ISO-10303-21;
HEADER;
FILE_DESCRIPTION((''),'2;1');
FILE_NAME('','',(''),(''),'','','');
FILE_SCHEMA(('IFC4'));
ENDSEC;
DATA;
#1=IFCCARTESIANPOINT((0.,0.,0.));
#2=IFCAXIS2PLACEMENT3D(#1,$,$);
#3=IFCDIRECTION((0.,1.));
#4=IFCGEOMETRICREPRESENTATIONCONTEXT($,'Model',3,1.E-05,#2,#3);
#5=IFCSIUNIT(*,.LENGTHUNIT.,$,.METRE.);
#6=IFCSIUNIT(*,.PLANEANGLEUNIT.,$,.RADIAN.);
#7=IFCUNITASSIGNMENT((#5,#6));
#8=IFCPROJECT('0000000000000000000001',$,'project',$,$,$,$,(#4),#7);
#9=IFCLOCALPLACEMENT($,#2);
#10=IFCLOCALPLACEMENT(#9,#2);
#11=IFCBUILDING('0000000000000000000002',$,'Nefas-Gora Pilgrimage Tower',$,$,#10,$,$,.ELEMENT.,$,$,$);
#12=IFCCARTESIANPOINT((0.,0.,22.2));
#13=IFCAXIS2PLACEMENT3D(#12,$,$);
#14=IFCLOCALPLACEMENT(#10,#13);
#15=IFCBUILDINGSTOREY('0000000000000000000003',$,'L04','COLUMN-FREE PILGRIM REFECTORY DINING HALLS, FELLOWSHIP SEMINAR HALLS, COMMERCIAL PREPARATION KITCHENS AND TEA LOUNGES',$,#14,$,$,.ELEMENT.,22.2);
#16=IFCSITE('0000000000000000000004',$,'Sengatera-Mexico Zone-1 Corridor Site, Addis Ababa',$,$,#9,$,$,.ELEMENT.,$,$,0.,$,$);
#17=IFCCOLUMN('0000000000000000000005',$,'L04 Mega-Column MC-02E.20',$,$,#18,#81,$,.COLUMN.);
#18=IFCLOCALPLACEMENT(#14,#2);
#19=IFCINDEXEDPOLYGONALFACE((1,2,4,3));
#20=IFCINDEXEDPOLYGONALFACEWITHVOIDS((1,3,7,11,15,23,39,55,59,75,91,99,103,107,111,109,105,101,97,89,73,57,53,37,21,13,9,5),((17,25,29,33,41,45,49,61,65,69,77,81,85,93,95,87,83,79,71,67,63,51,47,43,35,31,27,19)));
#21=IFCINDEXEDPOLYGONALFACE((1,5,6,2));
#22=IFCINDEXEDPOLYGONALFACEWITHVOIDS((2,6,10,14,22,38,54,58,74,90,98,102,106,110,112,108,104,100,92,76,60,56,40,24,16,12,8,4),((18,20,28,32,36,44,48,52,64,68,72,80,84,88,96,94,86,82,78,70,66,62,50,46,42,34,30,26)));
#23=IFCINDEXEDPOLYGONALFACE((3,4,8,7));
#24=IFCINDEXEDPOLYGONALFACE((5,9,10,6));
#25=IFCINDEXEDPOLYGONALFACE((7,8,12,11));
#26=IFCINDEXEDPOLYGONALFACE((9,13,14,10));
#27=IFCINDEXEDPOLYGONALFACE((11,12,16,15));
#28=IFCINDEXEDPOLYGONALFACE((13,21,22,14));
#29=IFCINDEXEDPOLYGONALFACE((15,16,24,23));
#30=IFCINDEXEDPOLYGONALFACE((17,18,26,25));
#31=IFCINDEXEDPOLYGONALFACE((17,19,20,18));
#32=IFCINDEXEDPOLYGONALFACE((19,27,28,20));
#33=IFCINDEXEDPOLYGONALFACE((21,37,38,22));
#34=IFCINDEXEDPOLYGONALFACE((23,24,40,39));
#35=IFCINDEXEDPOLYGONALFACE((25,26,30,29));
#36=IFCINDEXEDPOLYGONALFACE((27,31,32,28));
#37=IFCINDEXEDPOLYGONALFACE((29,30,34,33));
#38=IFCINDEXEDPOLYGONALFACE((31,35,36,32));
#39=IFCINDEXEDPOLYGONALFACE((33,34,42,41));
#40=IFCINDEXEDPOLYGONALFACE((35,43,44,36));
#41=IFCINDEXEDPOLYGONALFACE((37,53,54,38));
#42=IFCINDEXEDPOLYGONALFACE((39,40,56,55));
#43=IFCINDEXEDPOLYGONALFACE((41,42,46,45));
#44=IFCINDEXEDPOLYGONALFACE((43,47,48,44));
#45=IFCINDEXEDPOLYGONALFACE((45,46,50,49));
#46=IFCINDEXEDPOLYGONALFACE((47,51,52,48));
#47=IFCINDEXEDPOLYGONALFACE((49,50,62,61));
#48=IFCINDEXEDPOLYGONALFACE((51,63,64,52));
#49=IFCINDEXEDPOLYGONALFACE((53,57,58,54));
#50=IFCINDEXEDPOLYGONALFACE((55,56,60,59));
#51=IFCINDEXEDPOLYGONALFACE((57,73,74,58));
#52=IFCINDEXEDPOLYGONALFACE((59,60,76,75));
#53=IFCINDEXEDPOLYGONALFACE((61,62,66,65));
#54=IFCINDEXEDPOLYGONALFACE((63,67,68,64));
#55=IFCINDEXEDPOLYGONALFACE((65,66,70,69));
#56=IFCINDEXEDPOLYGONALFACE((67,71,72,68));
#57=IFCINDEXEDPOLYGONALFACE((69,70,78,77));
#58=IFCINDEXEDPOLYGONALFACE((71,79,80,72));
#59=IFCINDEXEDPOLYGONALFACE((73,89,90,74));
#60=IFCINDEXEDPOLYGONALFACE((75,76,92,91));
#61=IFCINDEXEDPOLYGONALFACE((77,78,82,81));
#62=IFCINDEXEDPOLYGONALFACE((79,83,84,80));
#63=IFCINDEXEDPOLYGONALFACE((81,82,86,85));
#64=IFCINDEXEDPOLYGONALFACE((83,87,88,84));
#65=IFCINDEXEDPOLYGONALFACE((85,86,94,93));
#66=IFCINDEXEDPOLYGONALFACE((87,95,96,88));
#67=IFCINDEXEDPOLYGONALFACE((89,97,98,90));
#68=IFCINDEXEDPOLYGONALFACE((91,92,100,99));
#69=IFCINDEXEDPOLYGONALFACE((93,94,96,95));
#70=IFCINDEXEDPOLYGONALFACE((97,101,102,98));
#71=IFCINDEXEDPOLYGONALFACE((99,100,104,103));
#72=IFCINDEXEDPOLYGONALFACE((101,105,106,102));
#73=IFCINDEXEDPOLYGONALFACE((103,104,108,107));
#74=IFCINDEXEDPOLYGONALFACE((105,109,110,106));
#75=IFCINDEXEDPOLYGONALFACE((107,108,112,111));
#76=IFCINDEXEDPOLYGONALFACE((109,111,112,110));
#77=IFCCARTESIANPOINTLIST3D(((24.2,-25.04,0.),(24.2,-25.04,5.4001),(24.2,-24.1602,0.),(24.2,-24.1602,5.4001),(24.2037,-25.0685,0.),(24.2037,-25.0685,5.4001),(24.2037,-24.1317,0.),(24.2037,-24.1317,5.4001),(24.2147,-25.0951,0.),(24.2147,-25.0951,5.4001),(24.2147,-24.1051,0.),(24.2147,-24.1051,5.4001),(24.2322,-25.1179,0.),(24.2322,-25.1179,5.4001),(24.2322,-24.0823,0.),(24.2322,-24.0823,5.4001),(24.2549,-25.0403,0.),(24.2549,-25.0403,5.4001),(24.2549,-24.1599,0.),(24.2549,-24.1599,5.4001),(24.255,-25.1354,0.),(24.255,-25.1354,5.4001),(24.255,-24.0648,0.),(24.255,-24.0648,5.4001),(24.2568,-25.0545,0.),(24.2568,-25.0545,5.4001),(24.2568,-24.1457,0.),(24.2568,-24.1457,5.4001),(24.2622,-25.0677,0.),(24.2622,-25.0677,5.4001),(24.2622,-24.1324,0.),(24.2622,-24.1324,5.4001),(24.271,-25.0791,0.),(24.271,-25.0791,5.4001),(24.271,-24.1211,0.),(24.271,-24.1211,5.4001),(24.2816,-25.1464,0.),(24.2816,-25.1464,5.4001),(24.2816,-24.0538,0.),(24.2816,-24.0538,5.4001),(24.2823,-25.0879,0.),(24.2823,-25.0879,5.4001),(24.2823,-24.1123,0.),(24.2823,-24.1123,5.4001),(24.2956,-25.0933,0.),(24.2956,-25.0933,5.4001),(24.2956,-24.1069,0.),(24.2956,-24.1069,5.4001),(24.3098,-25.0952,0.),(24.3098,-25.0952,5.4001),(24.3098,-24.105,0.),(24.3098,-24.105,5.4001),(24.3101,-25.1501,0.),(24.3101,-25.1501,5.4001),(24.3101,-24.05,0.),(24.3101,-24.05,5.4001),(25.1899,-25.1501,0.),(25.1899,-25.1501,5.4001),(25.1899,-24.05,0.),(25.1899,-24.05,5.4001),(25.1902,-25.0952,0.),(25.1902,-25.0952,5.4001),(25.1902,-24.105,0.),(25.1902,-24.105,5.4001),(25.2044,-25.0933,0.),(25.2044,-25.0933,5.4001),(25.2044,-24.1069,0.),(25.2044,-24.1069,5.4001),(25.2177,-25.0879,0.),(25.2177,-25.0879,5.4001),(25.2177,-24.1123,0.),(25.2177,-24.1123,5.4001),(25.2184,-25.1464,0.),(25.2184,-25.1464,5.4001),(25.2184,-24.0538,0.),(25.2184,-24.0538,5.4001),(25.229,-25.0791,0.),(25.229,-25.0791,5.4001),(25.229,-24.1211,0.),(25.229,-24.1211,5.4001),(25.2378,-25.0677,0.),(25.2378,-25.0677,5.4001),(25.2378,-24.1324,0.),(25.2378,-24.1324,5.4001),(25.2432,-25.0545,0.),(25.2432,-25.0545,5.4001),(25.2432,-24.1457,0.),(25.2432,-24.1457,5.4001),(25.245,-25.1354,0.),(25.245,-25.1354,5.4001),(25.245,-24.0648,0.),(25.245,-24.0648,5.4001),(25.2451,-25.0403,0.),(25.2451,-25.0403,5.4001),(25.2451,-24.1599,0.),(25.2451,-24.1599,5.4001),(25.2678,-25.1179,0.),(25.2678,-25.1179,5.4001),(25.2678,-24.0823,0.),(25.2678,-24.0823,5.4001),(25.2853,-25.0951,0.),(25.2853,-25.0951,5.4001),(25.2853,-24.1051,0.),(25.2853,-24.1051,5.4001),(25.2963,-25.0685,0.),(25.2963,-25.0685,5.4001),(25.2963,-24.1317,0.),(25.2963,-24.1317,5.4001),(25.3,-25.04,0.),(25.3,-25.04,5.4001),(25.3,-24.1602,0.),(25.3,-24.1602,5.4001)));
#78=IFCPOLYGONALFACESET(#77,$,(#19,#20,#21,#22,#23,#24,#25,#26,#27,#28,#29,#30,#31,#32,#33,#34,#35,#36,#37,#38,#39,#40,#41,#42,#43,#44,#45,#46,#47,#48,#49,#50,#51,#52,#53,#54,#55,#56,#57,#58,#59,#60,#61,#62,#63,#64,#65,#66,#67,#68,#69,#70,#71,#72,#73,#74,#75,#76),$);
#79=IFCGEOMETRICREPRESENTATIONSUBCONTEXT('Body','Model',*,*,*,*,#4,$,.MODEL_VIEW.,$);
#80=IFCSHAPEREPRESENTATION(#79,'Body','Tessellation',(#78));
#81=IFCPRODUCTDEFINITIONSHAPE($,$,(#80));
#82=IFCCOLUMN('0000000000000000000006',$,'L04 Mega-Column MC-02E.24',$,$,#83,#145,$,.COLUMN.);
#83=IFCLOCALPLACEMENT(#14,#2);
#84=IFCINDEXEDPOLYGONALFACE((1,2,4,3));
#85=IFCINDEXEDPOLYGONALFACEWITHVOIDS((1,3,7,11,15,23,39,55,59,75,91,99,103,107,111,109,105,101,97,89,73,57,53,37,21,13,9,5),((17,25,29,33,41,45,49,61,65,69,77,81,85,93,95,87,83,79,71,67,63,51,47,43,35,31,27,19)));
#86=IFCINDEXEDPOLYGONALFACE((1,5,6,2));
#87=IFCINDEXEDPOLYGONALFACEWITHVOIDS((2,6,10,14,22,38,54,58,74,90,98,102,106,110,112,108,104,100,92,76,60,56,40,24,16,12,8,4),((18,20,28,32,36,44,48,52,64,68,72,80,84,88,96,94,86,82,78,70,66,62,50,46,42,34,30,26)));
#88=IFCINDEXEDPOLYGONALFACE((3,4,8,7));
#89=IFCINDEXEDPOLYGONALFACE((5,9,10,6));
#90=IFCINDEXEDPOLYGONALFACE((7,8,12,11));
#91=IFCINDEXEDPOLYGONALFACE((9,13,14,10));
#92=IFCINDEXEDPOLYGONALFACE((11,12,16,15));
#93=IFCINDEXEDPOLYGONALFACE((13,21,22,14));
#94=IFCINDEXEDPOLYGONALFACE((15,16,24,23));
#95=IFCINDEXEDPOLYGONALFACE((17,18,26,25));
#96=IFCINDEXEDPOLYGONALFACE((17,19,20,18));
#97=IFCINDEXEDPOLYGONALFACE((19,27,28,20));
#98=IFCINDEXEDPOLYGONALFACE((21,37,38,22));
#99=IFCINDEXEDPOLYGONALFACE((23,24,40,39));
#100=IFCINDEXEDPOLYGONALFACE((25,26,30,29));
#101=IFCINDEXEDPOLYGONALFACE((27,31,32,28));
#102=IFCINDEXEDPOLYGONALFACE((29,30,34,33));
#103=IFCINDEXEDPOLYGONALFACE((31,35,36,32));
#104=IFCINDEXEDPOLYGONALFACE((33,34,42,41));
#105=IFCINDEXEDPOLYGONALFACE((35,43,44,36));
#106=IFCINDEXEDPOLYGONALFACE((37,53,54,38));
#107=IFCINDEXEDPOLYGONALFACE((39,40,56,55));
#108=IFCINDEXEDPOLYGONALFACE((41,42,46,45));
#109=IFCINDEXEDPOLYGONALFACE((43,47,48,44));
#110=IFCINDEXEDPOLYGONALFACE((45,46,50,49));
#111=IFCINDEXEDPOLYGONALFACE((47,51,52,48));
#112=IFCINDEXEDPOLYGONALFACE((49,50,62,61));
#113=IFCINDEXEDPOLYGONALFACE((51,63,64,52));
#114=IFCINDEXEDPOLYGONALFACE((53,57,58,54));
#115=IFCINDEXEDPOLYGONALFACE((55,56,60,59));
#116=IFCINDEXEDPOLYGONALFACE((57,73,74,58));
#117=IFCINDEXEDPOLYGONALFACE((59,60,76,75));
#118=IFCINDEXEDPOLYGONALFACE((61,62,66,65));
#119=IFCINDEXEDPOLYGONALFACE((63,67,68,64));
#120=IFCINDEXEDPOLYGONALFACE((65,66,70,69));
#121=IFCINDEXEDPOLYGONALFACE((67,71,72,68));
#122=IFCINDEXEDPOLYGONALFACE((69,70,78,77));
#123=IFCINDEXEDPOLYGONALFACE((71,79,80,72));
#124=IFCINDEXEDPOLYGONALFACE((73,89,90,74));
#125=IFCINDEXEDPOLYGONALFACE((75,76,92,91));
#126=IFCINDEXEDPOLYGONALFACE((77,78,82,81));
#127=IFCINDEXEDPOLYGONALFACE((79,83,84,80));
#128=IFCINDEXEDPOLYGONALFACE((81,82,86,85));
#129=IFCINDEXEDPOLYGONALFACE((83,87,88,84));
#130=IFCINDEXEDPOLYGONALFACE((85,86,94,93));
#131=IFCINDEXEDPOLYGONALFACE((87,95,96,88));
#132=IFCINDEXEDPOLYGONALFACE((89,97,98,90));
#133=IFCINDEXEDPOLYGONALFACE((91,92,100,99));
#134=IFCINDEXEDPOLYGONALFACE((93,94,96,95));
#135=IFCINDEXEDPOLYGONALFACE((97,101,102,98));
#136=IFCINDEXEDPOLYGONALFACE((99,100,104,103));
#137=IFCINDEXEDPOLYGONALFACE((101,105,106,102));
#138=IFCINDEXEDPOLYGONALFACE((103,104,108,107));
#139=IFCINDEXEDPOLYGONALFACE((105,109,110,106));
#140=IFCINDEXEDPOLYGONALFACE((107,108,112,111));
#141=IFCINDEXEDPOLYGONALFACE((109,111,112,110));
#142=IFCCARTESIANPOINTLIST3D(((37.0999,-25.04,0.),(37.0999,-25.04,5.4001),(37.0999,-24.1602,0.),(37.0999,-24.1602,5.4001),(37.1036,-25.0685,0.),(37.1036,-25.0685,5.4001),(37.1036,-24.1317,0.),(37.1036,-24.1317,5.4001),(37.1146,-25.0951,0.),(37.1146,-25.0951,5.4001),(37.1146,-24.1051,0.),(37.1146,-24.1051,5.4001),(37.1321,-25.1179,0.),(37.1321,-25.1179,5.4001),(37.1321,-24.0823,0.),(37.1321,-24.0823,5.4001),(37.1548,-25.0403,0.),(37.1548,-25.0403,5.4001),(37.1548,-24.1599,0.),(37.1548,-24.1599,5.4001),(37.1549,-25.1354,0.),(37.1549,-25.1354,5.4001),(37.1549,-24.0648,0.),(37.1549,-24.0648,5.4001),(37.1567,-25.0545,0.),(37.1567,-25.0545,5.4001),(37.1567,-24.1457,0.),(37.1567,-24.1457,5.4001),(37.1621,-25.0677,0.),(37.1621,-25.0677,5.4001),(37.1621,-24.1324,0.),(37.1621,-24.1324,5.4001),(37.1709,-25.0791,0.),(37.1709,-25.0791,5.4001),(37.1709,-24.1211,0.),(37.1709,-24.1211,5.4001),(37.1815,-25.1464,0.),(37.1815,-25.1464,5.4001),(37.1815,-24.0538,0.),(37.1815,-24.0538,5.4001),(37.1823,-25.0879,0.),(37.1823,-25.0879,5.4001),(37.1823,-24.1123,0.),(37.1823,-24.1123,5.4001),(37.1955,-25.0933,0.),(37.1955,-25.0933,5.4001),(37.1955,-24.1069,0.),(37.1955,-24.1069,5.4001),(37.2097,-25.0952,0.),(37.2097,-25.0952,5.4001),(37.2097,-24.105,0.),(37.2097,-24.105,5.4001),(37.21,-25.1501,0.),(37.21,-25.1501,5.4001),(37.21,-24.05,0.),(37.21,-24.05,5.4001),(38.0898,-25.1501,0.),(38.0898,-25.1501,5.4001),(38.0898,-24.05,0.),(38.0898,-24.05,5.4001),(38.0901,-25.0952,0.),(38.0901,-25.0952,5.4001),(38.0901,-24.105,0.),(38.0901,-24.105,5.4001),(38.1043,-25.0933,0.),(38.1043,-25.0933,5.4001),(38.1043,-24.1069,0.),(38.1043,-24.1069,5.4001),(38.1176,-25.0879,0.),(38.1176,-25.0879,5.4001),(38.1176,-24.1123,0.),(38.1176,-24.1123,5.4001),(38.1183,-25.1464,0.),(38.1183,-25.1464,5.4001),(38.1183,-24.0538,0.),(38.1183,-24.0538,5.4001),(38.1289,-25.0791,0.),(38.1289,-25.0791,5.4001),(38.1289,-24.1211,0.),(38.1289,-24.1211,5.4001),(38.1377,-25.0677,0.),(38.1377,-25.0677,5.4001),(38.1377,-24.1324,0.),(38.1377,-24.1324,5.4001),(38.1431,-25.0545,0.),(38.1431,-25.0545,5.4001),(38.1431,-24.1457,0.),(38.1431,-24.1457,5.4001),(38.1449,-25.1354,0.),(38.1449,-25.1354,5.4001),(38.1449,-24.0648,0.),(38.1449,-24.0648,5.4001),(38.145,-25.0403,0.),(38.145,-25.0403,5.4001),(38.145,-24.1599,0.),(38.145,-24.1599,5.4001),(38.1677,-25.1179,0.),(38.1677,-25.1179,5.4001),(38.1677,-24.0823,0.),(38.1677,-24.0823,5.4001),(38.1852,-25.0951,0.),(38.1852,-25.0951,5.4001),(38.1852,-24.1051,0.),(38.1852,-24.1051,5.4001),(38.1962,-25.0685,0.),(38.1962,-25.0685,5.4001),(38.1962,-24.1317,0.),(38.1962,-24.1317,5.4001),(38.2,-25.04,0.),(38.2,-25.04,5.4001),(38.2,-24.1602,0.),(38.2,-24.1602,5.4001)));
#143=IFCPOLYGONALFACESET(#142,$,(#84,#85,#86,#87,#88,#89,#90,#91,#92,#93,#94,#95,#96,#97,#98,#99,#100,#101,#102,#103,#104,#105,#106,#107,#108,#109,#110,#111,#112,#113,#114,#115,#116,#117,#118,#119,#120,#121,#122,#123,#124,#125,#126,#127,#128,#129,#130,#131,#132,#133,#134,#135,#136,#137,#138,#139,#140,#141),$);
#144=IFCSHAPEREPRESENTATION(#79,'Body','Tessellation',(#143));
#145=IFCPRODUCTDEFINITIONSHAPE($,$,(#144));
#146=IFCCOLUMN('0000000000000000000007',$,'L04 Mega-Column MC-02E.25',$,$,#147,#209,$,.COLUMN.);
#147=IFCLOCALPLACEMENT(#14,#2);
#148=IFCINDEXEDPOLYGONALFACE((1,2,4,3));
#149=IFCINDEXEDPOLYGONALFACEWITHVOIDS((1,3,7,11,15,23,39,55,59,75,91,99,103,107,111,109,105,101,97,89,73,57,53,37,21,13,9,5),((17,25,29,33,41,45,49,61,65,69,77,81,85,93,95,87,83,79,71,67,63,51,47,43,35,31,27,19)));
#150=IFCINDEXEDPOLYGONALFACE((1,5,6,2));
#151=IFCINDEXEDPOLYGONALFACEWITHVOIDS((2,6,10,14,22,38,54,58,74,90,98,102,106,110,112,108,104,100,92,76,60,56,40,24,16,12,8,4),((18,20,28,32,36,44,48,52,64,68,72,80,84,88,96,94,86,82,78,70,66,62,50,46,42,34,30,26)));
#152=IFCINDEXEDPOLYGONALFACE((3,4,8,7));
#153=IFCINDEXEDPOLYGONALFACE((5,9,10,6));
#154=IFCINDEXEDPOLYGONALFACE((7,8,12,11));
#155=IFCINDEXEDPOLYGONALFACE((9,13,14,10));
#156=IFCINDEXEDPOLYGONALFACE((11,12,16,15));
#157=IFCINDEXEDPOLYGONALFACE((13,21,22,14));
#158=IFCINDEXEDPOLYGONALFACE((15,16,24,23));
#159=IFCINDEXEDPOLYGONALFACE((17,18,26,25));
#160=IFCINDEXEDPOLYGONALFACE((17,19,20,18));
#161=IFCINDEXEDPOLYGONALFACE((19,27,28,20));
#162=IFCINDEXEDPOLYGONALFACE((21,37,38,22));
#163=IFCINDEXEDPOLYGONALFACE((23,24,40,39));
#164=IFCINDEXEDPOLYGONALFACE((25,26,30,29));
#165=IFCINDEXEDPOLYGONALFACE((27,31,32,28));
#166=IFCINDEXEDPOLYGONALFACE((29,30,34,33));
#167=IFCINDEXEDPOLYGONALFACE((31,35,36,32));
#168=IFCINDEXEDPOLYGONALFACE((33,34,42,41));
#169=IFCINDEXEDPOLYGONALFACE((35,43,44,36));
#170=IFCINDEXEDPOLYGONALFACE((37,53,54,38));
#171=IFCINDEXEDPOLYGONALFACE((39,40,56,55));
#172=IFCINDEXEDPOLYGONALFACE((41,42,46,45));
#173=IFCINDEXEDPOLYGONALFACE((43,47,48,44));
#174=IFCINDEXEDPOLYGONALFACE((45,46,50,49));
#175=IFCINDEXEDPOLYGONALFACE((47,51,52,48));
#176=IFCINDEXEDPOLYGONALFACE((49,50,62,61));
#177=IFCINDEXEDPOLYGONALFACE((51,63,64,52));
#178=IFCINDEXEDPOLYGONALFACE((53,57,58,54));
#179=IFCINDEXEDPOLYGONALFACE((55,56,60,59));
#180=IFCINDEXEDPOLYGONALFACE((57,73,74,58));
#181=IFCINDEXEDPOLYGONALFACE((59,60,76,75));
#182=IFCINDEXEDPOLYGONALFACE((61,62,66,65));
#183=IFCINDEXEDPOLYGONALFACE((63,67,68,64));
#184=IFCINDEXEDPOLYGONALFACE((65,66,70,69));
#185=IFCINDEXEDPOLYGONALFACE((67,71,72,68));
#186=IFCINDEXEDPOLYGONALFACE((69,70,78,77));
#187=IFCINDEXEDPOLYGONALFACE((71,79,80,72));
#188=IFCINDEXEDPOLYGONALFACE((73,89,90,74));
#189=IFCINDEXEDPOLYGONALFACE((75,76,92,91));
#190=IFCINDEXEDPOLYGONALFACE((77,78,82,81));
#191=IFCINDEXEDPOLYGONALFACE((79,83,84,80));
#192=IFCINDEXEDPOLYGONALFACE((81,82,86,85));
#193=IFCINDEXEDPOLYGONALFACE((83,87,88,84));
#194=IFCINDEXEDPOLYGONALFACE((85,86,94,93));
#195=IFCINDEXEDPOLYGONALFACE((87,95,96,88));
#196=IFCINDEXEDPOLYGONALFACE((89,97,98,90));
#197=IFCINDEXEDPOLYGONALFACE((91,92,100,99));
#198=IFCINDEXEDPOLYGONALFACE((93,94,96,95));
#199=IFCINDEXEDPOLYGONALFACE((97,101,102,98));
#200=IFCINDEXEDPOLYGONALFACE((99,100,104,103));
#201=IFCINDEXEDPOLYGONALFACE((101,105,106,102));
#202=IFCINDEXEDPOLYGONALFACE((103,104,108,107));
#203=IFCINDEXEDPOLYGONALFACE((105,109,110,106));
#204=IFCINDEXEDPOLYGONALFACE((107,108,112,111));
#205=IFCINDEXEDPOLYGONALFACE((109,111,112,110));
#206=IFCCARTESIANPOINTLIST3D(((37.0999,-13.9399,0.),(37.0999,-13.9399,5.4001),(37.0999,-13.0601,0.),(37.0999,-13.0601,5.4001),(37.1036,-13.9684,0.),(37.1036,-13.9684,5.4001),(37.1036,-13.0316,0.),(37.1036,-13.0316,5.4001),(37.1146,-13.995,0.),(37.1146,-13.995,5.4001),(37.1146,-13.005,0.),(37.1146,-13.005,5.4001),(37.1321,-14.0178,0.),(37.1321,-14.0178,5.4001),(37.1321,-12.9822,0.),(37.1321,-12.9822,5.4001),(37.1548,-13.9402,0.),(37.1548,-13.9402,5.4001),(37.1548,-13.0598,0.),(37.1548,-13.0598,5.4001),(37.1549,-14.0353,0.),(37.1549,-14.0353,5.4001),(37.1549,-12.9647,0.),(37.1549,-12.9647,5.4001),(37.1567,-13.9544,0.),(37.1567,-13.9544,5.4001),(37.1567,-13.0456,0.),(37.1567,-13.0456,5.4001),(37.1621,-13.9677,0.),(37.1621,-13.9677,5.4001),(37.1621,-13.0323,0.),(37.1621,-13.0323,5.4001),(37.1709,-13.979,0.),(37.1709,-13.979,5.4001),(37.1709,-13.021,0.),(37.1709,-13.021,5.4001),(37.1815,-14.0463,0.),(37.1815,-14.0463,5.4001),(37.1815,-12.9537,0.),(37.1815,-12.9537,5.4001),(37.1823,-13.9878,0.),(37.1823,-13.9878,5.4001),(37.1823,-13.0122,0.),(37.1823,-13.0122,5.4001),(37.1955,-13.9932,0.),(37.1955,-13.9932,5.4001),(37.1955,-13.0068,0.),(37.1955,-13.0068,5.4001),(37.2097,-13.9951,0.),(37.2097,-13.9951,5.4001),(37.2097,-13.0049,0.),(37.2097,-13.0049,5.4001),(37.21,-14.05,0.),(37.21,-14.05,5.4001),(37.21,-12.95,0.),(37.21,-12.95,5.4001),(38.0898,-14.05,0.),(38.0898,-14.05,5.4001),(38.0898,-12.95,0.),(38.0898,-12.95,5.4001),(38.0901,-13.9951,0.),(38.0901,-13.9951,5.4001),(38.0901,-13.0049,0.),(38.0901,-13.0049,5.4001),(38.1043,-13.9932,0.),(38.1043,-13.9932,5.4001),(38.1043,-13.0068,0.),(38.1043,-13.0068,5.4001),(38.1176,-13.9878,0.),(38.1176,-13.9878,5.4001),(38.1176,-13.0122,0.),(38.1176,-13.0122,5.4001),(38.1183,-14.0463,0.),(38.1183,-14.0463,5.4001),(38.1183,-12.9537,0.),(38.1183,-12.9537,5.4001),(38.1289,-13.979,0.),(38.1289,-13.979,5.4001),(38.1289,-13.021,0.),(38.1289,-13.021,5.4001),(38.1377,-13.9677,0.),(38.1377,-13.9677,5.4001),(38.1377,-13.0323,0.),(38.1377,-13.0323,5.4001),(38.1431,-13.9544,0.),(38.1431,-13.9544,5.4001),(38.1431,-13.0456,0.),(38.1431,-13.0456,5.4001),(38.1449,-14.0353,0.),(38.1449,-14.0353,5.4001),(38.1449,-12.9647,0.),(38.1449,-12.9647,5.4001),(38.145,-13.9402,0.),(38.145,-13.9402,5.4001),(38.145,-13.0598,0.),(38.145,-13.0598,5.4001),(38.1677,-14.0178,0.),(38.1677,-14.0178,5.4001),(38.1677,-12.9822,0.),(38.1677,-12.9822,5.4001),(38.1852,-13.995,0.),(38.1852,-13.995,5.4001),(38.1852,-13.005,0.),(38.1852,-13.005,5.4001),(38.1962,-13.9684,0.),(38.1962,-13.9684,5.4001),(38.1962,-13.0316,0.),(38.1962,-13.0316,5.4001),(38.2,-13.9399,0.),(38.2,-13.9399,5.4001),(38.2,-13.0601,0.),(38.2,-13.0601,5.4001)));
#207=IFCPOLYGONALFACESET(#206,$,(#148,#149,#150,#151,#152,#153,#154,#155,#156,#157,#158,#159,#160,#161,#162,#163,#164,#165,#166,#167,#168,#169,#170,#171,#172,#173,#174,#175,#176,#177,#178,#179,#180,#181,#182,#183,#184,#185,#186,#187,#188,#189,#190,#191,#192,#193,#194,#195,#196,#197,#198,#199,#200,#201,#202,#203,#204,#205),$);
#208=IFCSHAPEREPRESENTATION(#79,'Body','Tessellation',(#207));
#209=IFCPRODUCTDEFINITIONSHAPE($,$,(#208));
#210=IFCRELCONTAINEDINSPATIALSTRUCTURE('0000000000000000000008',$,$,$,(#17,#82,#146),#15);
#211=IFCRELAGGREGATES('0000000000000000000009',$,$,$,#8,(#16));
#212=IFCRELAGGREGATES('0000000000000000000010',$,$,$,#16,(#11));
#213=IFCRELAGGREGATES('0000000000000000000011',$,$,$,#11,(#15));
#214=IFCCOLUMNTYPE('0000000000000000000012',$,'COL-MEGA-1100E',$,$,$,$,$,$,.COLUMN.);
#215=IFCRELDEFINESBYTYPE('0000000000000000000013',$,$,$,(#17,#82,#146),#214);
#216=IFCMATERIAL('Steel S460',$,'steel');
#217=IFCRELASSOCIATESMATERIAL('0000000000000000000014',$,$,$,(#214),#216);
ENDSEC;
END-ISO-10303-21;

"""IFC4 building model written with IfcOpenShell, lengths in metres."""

from ifc_helpers import new_model, si_unit, direction, frame, origin, origin_2d, place, context, subcontext, project, spatial, hollow_rectangle, extrude, source, transform, mapped, material, material_profile, profile_set, type_object, element, save


model = new_model("IFC4")

# Units and contexts
model_context = context("Model", 3, precision=1e-05, world=origin(), true_north=direction((0.0, 1.0)))
body_context = subcontext(model_context, "Body", "Model", "MODEL_VIEW")
ifc_project = project(units=[si_unit("LENGTHUNIT", "METRE"), si_unit("PLANEANGLEUNIT", "RADIAN")], contexts=[model_context])

# Site, building, storey
site_placement = place(None, origin())
site = spatial("IfcSite", under=ifc_project, at=site_placement, Name="Sengatera-Mexico Zone-1 Corridor Site, Addis Ababa", CompositionType="ELEMENT", RefElevation=0.0)
building_placement = place(site_placement, origin())
building = spatial("IfcBuilding", under=site, at=building_placement, Name="Nefas-Gora Pilgrimage Tower", CompositionType="ELEMENT")
storey_placement = place(building_placement, frame((0.0, 0.0, 22.2)))
storey = spatial("IfcBuildingStorey", under=building, at=storey_placement, Name="L04", Description="COLUMN-FREE PILGRIM REFECTORY DINING HALLS, FELLOWSHIP SEMINAR HALLS, COMMERCIAL PREPARATION KITCHENS AND TEA LOUNGES", CompositionType="ELEMENT", Elevation=22.2)

# Columns
ifc_material_1 = material(Name="Steel S460", Category="steel")
ifc_material_profile_1 = material_profile(ifc_material_1, hollow_rectangle(XDim=1.1001, YDim=1.1001, WallThickness=0.0549, InnerFilletRadius=0.0549, OuterFilletRadius=0.1101, at=origin_2d()), Name="BOX 1100x1100x55")
ifc_profile_set_1 = profile_set([ifc_material_profile_1], Name="Steel S460")
column_type_1 = type_object("IfcColumnType", Name="COL-MEGA-1100E", PredefinedType="COLUMN", material=ifc_profile_set_1)
shared_shape_1 = source(origin(), body_context, "Body", "SweptSolid", [
    extrude(hollow_rectangle(XDim=1.1001, YDim=1.1001, WallThickness=0.0549, InnerFilletRadius=0.0549, OuterFilletRadius=0.1101, at=origin_2d()), origin(), (0.0, 0.0, 1.0), 5.4001),
])
for number, where, z_axis, x_axis, name in (
    (1, (24.75, -24.6001, 0.0), (0.0, 0.0, 1.0), (1.0, 0.0, 0.0), "L04 Mega-Column MC-02E.20"),
    (2, (37.6499, -24.6001, 0.0), (0.0, 0.0, 1.0), (1.0, 0.0, 0.0), "L04 Mega-Column MC-02E.24"),
    (3, (37.6499, -13.5, 0.0), (0.0, 0.0, 1.0), (1.0, 0.0, 0.0), "L04 Mega-Column MC-02E.25"),
):
    element("IfcColumn", number, at=place(storey_placement, frame(where, z_axis=z_axis, x_axis=x_axis)), inside=storey, type_object=column_type_1, Name=name, PredefinedType="COLUMN", context=body_context, shape_type="MappedRepresentation", body=[
        mapped(shared_shape_1, transform((0.0, 0.0, 0.0), x_axis=(1.0, 0.0, 0.0), y_axis=(0.0, 1.0, 0.0), z_axis=(0.0, 0.0, 1.0), scale=1.0)),
    ])

save(model, "model.ifc")
